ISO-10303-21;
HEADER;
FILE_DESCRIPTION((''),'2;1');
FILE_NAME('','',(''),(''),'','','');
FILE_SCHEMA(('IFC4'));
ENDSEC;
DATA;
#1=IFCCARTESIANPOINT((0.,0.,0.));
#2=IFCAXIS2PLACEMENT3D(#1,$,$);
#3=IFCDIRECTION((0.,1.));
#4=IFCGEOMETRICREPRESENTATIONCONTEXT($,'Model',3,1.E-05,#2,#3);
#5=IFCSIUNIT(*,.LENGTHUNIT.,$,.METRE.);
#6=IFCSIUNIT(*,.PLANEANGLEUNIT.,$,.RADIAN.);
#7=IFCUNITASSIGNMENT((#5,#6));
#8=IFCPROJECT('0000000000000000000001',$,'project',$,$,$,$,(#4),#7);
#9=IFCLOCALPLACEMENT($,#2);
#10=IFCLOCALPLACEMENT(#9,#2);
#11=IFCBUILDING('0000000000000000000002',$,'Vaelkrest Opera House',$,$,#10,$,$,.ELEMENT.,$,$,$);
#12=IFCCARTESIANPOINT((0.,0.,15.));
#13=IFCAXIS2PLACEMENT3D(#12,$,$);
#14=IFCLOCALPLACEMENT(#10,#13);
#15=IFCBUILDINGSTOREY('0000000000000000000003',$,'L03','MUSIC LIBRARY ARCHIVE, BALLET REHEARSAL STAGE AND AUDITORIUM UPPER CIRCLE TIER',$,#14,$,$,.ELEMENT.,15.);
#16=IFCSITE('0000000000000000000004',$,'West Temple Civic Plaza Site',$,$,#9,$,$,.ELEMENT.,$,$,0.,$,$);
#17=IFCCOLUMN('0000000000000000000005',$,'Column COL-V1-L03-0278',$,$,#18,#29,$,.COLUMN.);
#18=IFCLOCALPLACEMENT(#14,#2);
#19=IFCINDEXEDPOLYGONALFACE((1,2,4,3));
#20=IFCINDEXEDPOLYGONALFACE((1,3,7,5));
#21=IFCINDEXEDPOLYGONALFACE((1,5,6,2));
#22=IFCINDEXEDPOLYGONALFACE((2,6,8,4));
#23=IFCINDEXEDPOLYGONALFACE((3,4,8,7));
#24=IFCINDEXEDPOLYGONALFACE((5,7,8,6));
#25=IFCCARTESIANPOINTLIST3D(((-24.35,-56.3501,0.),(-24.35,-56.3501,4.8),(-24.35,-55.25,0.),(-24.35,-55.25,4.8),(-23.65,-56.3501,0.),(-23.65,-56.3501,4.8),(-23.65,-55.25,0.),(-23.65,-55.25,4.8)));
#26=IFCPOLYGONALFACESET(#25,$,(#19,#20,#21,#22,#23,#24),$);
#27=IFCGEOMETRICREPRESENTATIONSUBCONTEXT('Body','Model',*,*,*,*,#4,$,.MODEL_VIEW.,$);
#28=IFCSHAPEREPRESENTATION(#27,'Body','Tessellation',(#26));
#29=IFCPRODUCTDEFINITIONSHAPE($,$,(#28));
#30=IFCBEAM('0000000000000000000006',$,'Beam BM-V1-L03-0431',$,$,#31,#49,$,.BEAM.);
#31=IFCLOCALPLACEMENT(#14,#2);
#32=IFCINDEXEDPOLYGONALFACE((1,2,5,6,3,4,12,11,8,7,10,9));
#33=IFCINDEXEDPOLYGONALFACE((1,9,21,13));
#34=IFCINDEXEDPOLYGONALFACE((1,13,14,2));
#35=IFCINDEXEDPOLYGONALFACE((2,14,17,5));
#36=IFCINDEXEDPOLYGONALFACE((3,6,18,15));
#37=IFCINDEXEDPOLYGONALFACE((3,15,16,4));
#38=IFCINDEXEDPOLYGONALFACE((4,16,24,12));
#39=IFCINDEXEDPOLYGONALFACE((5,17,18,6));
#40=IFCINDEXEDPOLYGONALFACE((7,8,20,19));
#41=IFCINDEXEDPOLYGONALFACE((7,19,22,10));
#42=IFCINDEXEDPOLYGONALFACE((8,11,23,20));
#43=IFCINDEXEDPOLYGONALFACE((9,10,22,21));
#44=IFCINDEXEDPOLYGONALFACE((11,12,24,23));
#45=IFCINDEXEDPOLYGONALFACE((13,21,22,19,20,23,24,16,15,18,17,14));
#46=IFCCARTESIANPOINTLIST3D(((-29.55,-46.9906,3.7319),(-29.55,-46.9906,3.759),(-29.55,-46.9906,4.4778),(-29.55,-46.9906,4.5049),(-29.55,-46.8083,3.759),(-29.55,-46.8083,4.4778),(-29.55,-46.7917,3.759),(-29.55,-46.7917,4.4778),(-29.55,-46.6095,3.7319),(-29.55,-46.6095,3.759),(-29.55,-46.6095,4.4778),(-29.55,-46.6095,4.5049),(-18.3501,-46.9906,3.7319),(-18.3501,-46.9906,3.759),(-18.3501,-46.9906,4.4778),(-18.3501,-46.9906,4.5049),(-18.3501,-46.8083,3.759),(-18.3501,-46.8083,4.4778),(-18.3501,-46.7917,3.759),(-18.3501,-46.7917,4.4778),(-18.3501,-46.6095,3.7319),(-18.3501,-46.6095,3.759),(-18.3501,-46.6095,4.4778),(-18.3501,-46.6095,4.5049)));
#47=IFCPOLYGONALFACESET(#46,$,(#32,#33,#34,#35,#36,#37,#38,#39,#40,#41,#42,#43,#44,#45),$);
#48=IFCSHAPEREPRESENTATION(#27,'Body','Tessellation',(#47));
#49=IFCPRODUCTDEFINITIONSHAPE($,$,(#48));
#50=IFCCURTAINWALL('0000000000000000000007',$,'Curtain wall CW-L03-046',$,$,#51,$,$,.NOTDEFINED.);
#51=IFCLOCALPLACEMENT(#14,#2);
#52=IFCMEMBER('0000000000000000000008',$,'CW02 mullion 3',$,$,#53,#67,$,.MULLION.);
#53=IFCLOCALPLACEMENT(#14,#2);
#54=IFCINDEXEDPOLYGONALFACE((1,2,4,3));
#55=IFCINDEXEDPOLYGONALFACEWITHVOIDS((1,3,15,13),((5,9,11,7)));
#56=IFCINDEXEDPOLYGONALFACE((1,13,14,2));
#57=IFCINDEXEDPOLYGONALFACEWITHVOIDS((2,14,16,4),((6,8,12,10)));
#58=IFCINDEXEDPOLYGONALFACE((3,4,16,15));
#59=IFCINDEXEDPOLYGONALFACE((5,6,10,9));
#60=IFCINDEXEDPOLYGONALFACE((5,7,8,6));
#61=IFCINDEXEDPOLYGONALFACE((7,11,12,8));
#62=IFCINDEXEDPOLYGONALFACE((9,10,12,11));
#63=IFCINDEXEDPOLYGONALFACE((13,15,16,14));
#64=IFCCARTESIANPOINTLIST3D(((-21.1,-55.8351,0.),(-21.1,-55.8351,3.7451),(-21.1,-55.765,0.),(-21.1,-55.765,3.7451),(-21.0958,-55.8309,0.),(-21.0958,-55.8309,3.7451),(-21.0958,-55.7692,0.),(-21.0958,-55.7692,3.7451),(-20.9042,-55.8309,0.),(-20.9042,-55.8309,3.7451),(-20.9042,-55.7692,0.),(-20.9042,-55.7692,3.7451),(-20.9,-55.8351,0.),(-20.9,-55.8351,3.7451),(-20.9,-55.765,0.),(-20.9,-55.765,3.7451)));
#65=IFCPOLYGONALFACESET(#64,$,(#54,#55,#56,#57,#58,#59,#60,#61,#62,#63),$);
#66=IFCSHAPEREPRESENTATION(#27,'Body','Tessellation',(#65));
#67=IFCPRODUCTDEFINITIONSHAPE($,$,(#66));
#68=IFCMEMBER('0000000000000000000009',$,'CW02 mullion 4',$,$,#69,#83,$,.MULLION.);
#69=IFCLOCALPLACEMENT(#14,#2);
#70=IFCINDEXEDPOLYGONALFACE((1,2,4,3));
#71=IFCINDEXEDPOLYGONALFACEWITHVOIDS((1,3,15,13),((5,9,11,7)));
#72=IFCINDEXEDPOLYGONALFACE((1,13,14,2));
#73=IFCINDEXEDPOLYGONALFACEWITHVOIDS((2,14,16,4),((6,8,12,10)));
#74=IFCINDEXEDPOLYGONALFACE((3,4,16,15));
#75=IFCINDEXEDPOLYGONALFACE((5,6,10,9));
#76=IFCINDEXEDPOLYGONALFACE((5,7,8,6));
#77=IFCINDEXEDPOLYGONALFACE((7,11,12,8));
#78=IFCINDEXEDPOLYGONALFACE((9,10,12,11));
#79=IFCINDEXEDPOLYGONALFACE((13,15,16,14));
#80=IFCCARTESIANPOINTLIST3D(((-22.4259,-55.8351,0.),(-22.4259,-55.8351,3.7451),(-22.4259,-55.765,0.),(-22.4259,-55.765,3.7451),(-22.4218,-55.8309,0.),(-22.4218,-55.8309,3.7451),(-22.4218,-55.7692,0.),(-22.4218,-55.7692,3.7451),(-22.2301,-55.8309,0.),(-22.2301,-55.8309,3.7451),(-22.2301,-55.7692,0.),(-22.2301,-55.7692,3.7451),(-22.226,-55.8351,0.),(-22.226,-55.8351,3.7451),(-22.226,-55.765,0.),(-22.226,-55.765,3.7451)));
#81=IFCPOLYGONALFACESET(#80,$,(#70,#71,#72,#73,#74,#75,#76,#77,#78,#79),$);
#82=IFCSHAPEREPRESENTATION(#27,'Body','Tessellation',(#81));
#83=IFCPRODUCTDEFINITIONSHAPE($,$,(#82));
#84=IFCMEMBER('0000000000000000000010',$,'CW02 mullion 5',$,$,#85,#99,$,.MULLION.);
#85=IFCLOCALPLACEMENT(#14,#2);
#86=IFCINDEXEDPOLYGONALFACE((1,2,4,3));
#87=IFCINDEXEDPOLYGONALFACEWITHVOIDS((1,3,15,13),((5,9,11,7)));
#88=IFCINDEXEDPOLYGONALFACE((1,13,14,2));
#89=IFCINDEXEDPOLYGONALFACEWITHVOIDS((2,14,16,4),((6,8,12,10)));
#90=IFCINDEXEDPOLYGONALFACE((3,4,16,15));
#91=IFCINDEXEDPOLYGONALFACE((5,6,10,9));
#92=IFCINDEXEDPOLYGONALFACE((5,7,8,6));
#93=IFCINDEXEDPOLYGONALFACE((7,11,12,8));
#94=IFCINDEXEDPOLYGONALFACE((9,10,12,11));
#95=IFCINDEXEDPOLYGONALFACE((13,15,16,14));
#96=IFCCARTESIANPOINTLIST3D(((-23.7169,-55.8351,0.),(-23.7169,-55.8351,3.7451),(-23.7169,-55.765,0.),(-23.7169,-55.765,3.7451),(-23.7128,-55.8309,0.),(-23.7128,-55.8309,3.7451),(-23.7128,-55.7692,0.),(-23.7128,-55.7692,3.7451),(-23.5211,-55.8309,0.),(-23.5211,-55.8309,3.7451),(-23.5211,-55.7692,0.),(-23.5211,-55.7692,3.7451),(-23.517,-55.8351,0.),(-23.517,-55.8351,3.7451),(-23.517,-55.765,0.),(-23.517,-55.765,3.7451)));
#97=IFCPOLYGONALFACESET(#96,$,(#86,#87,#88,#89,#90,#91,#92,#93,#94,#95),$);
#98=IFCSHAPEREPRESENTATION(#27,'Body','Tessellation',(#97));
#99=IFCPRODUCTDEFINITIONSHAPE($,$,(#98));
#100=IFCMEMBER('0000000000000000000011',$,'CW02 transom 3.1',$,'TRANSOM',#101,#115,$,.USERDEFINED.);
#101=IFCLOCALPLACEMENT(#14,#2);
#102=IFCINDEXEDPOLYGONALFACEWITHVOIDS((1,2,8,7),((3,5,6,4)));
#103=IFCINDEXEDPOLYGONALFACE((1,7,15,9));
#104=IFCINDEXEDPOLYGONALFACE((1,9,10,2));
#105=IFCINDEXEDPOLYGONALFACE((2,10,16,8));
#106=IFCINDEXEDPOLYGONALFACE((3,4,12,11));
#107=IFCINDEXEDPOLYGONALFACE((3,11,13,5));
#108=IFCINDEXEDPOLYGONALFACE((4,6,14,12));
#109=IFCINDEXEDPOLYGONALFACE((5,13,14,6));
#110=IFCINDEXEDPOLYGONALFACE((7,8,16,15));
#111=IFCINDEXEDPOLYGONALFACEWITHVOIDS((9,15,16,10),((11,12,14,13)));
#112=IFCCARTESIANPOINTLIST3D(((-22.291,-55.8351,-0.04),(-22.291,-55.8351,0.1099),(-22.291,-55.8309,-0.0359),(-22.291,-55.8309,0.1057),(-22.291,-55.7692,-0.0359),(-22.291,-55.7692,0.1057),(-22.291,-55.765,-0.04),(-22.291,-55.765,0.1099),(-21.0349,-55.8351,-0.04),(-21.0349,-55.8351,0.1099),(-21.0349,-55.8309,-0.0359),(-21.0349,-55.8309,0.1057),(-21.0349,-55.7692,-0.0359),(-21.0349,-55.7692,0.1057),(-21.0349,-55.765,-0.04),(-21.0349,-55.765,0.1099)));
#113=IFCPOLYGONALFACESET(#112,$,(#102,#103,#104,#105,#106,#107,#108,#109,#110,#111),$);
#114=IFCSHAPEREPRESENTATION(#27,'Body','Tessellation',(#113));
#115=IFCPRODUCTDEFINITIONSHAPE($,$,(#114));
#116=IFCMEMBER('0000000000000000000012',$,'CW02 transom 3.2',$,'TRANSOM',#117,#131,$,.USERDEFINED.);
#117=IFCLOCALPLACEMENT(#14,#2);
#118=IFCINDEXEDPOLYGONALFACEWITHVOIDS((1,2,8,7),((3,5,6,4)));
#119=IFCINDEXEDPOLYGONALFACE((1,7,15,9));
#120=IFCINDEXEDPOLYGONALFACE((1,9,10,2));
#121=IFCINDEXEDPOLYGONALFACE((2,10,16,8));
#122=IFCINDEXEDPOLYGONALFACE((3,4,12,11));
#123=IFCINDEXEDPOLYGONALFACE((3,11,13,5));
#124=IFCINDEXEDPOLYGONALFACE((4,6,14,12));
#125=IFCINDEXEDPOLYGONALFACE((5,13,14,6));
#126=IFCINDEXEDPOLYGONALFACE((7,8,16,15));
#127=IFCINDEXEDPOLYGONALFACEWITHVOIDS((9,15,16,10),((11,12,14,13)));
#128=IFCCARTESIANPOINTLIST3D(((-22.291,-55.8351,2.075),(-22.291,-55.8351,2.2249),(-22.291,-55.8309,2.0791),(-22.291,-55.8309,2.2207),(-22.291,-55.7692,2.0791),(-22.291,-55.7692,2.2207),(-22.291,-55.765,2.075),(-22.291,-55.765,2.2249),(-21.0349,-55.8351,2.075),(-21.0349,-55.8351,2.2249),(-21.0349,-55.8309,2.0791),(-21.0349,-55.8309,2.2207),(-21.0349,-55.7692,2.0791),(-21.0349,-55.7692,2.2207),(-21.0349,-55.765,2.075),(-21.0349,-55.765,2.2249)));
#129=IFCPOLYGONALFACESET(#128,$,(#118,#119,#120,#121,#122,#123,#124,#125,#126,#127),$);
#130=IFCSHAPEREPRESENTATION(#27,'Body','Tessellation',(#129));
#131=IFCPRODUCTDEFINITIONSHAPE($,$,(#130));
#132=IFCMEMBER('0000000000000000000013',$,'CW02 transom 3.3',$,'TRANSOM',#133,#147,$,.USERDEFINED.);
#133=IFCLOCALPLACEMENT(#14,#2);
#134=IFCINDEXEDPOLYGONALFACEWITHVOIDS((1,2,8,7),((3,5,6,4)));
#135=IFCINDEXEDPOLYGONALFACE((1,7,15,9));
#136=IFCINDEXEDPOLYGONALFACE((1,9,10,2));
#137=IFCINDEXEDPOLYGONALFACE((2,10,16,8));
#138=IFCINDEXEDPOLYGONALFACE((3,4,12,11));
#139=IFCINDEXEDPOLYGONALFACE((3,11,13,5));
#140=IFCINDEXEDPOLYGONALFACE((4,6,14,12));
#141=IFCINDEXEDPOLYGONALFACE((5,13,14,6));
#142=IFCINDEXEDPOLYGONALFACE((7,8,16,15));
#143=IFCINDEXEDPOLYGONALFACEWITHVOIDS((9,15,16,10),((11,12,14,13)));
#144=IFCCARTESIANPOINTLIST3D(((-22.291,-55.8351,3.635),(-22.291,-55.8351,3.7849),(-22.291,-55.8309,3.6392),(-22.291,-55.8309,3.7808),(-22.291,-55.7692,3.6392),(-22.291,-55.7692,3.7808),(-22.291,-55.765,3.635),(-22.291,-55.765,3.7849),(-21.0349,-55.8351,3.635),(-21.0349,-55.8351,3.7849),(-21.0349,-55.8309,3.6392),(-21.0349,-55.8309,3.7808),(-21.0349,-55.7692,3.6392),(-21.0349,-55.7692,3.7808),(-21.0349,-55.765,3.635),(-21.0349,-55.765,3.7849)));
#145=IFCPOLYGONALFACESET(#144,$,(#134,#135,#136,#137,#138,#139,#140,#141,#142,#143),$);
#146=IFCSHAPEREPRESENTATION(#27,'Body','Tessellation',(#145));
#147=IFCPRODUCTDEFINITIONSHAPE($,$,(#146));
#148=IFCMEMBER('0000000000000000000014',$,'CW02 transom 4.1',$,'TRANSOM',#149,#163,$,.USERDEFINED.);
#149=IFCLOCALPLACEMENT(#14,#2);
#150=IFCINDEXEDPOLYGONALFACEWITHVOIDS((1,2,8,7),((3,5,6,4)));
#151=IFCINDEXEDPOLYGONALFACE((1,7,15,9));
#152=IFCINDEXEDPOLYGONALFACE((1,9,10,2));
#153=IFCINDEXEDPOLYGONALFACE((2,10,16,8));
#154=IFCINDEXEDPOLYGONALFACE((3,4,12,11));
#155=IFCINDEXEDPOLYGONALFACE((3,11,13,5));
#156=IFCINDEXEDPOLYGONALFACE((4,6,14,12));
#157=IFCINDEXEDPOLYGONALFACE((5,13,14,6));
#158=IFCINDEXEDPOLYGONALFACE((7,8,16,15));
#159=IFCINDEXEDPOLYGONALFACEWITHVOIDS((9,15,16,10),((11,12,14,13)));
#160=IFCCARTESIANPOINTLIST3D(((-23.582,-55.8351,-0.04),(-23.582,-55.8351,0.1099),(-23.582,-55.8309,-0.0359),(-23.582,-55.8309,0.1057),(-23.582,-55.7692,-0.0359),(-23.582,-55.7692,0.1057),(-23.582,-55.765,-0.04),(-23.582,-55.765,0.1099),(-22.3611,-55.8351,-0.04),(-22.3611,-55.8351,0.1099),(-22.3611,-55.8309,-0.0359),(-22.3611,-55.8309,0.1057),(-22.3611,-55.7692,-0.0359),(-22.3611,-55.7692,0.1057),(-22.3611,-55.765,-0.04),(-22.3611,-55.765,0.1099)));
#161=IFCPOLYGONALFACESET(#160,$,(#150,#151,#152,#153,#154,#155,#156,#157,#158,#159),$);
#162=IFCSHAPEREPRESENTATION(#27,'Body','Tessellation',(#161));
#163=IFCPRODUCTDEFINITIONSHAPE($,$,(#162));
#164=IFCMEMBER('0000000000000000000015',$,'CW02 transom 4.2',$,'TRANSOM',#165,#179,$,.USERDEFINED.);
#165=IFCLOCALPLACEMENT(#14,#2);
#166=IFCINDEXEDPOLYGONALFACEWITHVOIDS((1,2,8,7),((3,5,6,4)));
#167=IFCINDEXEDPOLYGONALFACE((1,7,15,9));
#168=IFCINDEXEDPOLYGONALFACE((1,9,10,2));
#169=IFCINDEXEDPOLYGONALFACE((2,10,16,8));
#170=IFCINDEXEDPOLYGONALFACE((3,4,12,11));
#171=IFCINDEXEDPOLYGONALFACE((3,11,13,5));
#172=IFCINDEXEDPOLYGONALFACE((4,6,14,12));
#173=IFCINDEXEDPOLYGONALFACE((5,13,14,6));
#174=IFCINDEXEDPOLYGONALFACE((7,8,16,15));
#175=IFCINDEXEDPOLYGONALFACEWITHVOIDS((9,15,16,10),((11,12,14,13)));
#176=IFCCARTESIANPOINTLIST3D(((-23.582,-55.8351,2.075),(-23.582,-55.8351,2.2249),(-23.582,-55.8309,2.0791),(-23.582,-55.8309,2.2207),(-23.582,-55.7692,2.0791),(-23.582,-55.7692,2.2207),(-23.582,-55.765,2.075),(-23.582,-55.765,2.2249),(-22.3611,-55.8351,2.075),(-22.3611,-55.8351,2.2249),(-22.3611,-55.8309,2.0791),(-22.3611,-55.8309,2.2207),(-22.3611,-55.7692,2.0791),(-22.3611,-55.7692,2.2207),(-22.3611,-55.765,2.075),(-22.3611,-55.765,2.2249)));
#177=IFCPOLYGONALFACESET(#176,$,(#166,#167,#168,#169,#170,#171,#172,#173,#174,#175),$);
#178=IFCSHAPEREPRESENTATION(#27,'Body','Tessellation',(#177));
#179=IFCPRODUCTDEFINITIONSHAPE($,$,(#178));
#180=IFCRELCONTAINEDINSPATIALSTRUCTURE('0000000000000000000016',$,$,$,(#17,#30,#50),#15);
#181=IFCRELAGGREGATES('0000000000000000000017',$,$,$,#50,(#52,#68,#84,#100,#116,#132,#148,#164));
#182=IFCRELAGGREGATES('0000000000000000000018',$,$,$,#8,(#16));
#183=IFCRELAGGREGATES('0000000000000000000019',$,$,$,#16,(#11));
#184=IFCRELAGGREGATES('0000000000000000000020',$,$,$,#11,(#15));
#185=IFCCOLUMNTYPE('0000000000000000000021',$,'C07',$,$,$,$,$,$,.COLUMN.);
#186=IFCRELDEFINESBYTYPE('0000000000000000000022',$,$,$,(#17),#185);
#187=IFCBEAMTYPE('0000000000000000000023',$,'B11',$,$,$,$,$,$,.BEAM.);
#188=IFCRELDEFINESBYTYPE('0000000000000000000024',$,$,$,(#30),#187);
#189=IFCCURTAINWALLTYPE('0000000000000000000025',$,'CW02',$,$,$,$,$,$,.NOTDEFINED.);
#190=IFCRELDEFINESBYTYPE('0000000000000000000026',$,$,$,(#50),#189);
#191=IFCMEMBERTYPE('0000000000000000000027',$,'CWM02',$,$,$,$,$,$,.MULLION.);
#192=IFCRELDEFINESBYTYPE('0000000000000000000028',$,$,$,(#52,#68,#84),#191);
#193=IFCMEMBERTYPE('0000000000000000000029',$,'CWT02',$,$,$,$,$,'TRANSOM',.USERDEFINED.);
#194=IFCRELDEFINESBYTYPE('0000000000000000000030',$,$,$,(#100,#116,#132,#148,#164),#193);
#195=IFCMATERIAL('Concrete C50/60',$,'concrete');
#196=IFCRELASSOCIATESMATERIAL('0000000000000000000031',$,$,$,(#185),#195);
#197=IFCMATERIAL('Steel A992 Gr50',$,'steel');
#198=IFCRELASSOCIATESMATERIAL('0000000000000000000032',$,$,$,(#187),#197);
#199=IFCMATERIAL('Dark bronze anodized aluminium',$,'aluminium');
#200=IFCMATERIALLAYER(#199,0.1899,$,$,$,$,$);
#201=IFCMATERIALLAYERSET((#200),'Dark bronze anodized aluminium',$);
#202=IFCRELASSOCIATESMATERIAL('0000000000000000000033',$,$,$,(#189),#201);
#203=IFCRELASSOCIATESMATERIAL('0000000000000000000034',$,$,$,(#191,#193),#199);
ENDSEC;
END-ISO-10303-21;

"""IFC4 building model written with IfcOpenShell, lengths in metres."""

from ifc_helpers import new_model, si_unit, direction, frame, origin, origin_2d, place, context, subcontext, project, spatial, rectangle, hollow_rectangle, i_section, extrude, material, layer, layer_set, material_profile, profile_set, type_object, element, aggregate, save


model = new_model("IFC4")

# Units and contexts
model_context = context("Model", 3, precision=1e-05, world=origin(), true_north=direction((0.0, 1.0)))
body_context = subcontext(model_context, "Body", "Model", "MODEL_VIEW")
ifc_project = project(units=[si_unit("LENGTHUNIT", "METRE"), si_unit("PLANEANGLEUNIT", "RADIAN")], contexts=[model_context])

# Site, building, storey
site_placement = place(None, origin())
site = spatial("IfcSite", under=ifc_project, at=site_placement, Name="West Temple Civic Plaza Site", CompositionType="ELEMENT", RefElevation=0.0)
building_placement = place(site_placement, origin())
building = spatial("IfcBuilding", under=site, at=building_placement, Name="Vaelkrest Opera House", CompositionType="ELEMENT")
storey_placement = place(building_placement, frame((0.0, 0.0, 15.0)))
storey = spatial("IfcBuildingStorey", under=building, at=storey_placement, Name="L03", Description="MUSIC LIBRARY ARCHIVE, BALLET REHEARSAL STAGE AND AUDITORIUM UPPER CIRCLE TIER", CompositionType="ELEMENT", Elevation=15.0)

# Column
ifc_material_1 = material(Name="Concrete C50/60", Category="concrete")
ifc_material_profile_1 = material_profile(ifc_material_1, rectangle(XDim=0.7, YDim=1.1001, at=origin_2d()), Name="RC700X1100")
ifc_profile_set_1 = profile_set([ifc_material_profile_1], Name="Concrete C50/60")
column_type = type_object("IfcColumnType", Name="C07", PredefinedType="COLUMN", material=ifc_profile_set_1)
column_placement = place(storey_placement, frame((-24.0, -55.8, 0.0), z_axis=(0.0, 0.0, 1.0), x_axis=(1.0, 0.0, 0.0)))
element("IfcColumn", 1, at=column_placement, inside=storey, type_object=column_type, Name="Column COL-V1-L03-0278", PredefinedType="COLUMN", context=body_context, shape_type="SweptSolid", body=[
    extrude(rectangle(XDim=0.7, YDim=1.1001, at=origin_2d()), origin(), (0.0, 0.0, 1.0), 4.8),
])

# Beam
ifc_material_2 = material(Name="Steel A992 Gr50", Category="steel")
ifc_material_profile_2 = material_profile(ifc_material_2, i_section(OverallWidth=0.3811, OverallDepth=0.7729, WebThickness=0.0166, FlangeThickness=0.0271, at=origin_2d()), Name="W30X173")
ifc_profile_set_2 = profile_set([ifc_material_profile_2], Name="Steel A992 Gr50")
beam_type_1 = type_object("IfcBeamType", Name="B11", PredefinedType="BEAM", material=ifc_profile_set_2)
beam_placement = place(storey_placement, frame((-29.55, -46.8, 4.1184), z_axis=(1.0, 0.0, 0.0), x_axis=(0.0, 1.0, 0.0)))
element("IfcBeam", 2, at=beam_placement, inside=storey, type_object=beam_type_1, Name="Beam BM-V1-L03-0431", PredefinedType="BEAM", context=body_context, shape_type="SweptSolid", body=[
    extrude(i_section(OverallWidth=0.3811, OverallDepth=0.7729, WebThickness=0.0166, FlangeThickness=0.0271, at=origin_2d()), origin(), (0.0, 0.0, 1.0), 11.2),
])

# Curtain wall, members
ifc_material_3 = material(Name="Dark bronze anodized aluminium", Category="aluminium")
ifc_layer_1 = layer(ifc_material_3, 0.1899)
ifc_layer_set_1 = layer_set([ifc_layer_1], Name="Dark bronze anodized aluminium")
curtain_wall_type_1 = type_object("IfcCurtainWallType", Name="CW02", PredefinedType="NOTDEFINED", material=ifc_layer_set_1)
curtain_wall_1_placement = place(storey_placement, origin())
curtain_wall_1 = element("IfcCurtainWall", 3, at=curtain_wall_1_placement, inside=storey, type_object=curtain_wall_type_1, Name="Curtain wall CW-L03-046", PredefinedType="NOTDEFINED")
ifc_material_profile_3 = material_profile(ifc_material_3, hollow_rectangle(XDim=0.0701, YDim=0.2, WallThickness=0.0042, at=origin_2d()), Name="CWM70X200")
ifc_profile_set_3 = profile_set([ifc_material_profile_3], Name="Dark bronze anodized aluminium")
member_type_1 = type_object("IfcMemberType", Name="CWM02", PredefinedType="MULLION", material=ifc_profile_set_3)
member_1_placement = place(storey_placement, frame((-21.0, -55.8, 0.0), z_axis=(0.0, 0.0, 1.0), x_axis=(0.0, -1.0, 0.0)))
member_1 = element("IfcMember", 4, at=member_1_placement, type_object=member_type_1, Name="CW02 mullion 3", PredefinedType="MULLION", context=body_context, shape_type="SweptSolid", body=[
    extrude(hollow_rectangle(XDim=0.0701, YDim=0.2, WallThickness=0.0042, at=origin_2d()), origin(), (0.0, 0.0, 1.0), 3.7451),
])
member_2_placement = place(storey_placement, frame((-22.3259, -55.8, 0.0), z_axis=(0.0, 0.0, 1.0), x_axis=(0.0, -1.0, 0.0)))
member_2 = element("IfcMember", 5, at=member_2_placement, type_object=member_type_1, Name="CW02 mullion 4", PredefinedType="MULLION", context=body_context, shape_type="SweptSolid", body=[
    extrude(hollow_rectangle(XDim=0.0701, YDim=0.2, WallThickness=0.0042, at=origin_2d()), origin(), (0.0, 0.0, 1.0), 3.7451),
])
member_3_placement = place(storey_placement, frame((-23.6169, -55.8, 0.0), z_axis=(0.0, 0.0, 1.0), x_axis=(0.0, -1.0, 0.0)))
member_3 = element("IfcMember", 6, at=member_3_placement, type_object=member_type_1, Name="CW02 mullion 5", PredefinedType="MULLION", context=body_context, shape_type="SweptSolid", body=[
    extrude(hollow_rectangle(XDim=0.0701, YDim=0.2, WallThickness=0.0042, at=origin_2d()), origin(), (0.0, 0.0, 1.0), 3.7451),
])
ifc_material_profile_4 = material_profile(ifc_material_3, hollow_rectangle(XDim=0.0701, YDim=0.1499, WallThickness=0.0042, at=origin_2d()), Name="CWT70X150")
ifc_profile_set_4 = profile_set([ifc_material_profile_4], Name="Dark bronze anodized aluminium")
member_type_2 = type_object("IfcMemberType", Name="CWT02", ElementType="TRANSOM", PredefinedType="USERDEFINED", material=ifc_profile_set_4)
member_4_placement = place(storey_placement, frame((-21.0349, -55.8, 0.0349), z_axis=(-1.0, 0.0, 0.0), x_axis=(0.0, -1.0, 0.0)))
member_4 = element("IfcMember", 7, at=member_4_placement, type_object=member_type_2, Name="CW02 transom 3.1", ObjectType="TRANSOM", PredefinedType="USERDEFINED", context=body_context, shape_type="SweptSolid", body=[
    extrude(hollow_rectangle(XDim=0.0701, YDim=0.1499, WallThickness=0.0042, at=origin_2d()), origin(), (0.0, 0.0, 1.0), 1.2561),
])
member_5_placement = place(storey_placement, frame((-21.0349, -55.8, 2.1499), z_axis=(-1.0, 0.0, 0.0), x_axis=(0.0, -1.0, 0.0)))
member_5 = element("IfcMember", 8, at=member_5_placement, type_object=member_type_2, Name="CW02 transom 3.2", ObjectType="TRANSOM", PredefinedType="USERDEFINED", context=body_context, shape_type="SweptSolid", body=[
    extrude(hollow_rectangle(XDim=0.0701, YDim=0.1499, WallThickness=0.0042, at=origin_2d()), origin(), (0.0, 0.0, 1.0), 1.2561),
])
member_6_placement = place(storey_placement, frame((-21.0349, -55.8, 3.71), z_axis=(-1.0, 0.0, 0.0), x_axis=(0.0, -1.0, 0.0)))
member_6 = element("IfcMember", 9, at=member_6_placement, type_object=member_type_2, Name="CW02 transom 3.3", ObjectType="TRANSOM", PredefinedType="USERDEFINED", context=body_context, shape_type="SweptSolid", body=[
    extrude(hollow_rectangle(XDim=0.0701, YDim=0.1499, WallThickness=0.0042, at=origin_2d()), origin(), (0.0, 0.0, 1.0), 1.2561),
])
member_7_placement = place(storey_placement, frame((-22.3611, -55.8, 0.0349), z_axis=(-1.0, 0.0, 0.0), x_axis=(0.0, -1.0, 0.0)))
member_7 = element("IfcMember", 10, at=member_7_placement, type_object=member_type_2, Name="CW02 transom 4.1", ObjectType="TRANSOM", PredefinedType="USERDEFINED", context=body_context, shape_type="SweptSolid", body=[
    extrude(hollow_rectangle(XDim=0.0701, YDim=0.1499, WallThickness=0.0042, at=origin_2d()), origin(), (0.0, 0.0, 1.0), 1.2209),
])
member_8_placement = place(storey_placement, frame((-22.3611, -55.8, 2.1499), z_axis=(-1.0, 0.0, 0.0), x_axis=(0.0, -1.0, 0.0)))
member_8 = element("IfcMember", 11, at=member_8_placement, type_object=member_type_2, Name="CW02 transom 4.2", ObjectType="TRANSOM", PredefinedType="USERDEFINED", context=body_context, shape_type="SweptSolid", body=[
    extrude(hollow_rectangle(XDim=0.0701, YDim=0.1499, WallThickness=0.0042, at=origin_2d()), origin(), (0.0, 0.0, 1.0), 1.2209),
])

aggregate(curtain_wall_1, [member_1, member_2, member_3, member_4, member_5, member_6, member_7, member_8])

save(model, "model.ifc")
